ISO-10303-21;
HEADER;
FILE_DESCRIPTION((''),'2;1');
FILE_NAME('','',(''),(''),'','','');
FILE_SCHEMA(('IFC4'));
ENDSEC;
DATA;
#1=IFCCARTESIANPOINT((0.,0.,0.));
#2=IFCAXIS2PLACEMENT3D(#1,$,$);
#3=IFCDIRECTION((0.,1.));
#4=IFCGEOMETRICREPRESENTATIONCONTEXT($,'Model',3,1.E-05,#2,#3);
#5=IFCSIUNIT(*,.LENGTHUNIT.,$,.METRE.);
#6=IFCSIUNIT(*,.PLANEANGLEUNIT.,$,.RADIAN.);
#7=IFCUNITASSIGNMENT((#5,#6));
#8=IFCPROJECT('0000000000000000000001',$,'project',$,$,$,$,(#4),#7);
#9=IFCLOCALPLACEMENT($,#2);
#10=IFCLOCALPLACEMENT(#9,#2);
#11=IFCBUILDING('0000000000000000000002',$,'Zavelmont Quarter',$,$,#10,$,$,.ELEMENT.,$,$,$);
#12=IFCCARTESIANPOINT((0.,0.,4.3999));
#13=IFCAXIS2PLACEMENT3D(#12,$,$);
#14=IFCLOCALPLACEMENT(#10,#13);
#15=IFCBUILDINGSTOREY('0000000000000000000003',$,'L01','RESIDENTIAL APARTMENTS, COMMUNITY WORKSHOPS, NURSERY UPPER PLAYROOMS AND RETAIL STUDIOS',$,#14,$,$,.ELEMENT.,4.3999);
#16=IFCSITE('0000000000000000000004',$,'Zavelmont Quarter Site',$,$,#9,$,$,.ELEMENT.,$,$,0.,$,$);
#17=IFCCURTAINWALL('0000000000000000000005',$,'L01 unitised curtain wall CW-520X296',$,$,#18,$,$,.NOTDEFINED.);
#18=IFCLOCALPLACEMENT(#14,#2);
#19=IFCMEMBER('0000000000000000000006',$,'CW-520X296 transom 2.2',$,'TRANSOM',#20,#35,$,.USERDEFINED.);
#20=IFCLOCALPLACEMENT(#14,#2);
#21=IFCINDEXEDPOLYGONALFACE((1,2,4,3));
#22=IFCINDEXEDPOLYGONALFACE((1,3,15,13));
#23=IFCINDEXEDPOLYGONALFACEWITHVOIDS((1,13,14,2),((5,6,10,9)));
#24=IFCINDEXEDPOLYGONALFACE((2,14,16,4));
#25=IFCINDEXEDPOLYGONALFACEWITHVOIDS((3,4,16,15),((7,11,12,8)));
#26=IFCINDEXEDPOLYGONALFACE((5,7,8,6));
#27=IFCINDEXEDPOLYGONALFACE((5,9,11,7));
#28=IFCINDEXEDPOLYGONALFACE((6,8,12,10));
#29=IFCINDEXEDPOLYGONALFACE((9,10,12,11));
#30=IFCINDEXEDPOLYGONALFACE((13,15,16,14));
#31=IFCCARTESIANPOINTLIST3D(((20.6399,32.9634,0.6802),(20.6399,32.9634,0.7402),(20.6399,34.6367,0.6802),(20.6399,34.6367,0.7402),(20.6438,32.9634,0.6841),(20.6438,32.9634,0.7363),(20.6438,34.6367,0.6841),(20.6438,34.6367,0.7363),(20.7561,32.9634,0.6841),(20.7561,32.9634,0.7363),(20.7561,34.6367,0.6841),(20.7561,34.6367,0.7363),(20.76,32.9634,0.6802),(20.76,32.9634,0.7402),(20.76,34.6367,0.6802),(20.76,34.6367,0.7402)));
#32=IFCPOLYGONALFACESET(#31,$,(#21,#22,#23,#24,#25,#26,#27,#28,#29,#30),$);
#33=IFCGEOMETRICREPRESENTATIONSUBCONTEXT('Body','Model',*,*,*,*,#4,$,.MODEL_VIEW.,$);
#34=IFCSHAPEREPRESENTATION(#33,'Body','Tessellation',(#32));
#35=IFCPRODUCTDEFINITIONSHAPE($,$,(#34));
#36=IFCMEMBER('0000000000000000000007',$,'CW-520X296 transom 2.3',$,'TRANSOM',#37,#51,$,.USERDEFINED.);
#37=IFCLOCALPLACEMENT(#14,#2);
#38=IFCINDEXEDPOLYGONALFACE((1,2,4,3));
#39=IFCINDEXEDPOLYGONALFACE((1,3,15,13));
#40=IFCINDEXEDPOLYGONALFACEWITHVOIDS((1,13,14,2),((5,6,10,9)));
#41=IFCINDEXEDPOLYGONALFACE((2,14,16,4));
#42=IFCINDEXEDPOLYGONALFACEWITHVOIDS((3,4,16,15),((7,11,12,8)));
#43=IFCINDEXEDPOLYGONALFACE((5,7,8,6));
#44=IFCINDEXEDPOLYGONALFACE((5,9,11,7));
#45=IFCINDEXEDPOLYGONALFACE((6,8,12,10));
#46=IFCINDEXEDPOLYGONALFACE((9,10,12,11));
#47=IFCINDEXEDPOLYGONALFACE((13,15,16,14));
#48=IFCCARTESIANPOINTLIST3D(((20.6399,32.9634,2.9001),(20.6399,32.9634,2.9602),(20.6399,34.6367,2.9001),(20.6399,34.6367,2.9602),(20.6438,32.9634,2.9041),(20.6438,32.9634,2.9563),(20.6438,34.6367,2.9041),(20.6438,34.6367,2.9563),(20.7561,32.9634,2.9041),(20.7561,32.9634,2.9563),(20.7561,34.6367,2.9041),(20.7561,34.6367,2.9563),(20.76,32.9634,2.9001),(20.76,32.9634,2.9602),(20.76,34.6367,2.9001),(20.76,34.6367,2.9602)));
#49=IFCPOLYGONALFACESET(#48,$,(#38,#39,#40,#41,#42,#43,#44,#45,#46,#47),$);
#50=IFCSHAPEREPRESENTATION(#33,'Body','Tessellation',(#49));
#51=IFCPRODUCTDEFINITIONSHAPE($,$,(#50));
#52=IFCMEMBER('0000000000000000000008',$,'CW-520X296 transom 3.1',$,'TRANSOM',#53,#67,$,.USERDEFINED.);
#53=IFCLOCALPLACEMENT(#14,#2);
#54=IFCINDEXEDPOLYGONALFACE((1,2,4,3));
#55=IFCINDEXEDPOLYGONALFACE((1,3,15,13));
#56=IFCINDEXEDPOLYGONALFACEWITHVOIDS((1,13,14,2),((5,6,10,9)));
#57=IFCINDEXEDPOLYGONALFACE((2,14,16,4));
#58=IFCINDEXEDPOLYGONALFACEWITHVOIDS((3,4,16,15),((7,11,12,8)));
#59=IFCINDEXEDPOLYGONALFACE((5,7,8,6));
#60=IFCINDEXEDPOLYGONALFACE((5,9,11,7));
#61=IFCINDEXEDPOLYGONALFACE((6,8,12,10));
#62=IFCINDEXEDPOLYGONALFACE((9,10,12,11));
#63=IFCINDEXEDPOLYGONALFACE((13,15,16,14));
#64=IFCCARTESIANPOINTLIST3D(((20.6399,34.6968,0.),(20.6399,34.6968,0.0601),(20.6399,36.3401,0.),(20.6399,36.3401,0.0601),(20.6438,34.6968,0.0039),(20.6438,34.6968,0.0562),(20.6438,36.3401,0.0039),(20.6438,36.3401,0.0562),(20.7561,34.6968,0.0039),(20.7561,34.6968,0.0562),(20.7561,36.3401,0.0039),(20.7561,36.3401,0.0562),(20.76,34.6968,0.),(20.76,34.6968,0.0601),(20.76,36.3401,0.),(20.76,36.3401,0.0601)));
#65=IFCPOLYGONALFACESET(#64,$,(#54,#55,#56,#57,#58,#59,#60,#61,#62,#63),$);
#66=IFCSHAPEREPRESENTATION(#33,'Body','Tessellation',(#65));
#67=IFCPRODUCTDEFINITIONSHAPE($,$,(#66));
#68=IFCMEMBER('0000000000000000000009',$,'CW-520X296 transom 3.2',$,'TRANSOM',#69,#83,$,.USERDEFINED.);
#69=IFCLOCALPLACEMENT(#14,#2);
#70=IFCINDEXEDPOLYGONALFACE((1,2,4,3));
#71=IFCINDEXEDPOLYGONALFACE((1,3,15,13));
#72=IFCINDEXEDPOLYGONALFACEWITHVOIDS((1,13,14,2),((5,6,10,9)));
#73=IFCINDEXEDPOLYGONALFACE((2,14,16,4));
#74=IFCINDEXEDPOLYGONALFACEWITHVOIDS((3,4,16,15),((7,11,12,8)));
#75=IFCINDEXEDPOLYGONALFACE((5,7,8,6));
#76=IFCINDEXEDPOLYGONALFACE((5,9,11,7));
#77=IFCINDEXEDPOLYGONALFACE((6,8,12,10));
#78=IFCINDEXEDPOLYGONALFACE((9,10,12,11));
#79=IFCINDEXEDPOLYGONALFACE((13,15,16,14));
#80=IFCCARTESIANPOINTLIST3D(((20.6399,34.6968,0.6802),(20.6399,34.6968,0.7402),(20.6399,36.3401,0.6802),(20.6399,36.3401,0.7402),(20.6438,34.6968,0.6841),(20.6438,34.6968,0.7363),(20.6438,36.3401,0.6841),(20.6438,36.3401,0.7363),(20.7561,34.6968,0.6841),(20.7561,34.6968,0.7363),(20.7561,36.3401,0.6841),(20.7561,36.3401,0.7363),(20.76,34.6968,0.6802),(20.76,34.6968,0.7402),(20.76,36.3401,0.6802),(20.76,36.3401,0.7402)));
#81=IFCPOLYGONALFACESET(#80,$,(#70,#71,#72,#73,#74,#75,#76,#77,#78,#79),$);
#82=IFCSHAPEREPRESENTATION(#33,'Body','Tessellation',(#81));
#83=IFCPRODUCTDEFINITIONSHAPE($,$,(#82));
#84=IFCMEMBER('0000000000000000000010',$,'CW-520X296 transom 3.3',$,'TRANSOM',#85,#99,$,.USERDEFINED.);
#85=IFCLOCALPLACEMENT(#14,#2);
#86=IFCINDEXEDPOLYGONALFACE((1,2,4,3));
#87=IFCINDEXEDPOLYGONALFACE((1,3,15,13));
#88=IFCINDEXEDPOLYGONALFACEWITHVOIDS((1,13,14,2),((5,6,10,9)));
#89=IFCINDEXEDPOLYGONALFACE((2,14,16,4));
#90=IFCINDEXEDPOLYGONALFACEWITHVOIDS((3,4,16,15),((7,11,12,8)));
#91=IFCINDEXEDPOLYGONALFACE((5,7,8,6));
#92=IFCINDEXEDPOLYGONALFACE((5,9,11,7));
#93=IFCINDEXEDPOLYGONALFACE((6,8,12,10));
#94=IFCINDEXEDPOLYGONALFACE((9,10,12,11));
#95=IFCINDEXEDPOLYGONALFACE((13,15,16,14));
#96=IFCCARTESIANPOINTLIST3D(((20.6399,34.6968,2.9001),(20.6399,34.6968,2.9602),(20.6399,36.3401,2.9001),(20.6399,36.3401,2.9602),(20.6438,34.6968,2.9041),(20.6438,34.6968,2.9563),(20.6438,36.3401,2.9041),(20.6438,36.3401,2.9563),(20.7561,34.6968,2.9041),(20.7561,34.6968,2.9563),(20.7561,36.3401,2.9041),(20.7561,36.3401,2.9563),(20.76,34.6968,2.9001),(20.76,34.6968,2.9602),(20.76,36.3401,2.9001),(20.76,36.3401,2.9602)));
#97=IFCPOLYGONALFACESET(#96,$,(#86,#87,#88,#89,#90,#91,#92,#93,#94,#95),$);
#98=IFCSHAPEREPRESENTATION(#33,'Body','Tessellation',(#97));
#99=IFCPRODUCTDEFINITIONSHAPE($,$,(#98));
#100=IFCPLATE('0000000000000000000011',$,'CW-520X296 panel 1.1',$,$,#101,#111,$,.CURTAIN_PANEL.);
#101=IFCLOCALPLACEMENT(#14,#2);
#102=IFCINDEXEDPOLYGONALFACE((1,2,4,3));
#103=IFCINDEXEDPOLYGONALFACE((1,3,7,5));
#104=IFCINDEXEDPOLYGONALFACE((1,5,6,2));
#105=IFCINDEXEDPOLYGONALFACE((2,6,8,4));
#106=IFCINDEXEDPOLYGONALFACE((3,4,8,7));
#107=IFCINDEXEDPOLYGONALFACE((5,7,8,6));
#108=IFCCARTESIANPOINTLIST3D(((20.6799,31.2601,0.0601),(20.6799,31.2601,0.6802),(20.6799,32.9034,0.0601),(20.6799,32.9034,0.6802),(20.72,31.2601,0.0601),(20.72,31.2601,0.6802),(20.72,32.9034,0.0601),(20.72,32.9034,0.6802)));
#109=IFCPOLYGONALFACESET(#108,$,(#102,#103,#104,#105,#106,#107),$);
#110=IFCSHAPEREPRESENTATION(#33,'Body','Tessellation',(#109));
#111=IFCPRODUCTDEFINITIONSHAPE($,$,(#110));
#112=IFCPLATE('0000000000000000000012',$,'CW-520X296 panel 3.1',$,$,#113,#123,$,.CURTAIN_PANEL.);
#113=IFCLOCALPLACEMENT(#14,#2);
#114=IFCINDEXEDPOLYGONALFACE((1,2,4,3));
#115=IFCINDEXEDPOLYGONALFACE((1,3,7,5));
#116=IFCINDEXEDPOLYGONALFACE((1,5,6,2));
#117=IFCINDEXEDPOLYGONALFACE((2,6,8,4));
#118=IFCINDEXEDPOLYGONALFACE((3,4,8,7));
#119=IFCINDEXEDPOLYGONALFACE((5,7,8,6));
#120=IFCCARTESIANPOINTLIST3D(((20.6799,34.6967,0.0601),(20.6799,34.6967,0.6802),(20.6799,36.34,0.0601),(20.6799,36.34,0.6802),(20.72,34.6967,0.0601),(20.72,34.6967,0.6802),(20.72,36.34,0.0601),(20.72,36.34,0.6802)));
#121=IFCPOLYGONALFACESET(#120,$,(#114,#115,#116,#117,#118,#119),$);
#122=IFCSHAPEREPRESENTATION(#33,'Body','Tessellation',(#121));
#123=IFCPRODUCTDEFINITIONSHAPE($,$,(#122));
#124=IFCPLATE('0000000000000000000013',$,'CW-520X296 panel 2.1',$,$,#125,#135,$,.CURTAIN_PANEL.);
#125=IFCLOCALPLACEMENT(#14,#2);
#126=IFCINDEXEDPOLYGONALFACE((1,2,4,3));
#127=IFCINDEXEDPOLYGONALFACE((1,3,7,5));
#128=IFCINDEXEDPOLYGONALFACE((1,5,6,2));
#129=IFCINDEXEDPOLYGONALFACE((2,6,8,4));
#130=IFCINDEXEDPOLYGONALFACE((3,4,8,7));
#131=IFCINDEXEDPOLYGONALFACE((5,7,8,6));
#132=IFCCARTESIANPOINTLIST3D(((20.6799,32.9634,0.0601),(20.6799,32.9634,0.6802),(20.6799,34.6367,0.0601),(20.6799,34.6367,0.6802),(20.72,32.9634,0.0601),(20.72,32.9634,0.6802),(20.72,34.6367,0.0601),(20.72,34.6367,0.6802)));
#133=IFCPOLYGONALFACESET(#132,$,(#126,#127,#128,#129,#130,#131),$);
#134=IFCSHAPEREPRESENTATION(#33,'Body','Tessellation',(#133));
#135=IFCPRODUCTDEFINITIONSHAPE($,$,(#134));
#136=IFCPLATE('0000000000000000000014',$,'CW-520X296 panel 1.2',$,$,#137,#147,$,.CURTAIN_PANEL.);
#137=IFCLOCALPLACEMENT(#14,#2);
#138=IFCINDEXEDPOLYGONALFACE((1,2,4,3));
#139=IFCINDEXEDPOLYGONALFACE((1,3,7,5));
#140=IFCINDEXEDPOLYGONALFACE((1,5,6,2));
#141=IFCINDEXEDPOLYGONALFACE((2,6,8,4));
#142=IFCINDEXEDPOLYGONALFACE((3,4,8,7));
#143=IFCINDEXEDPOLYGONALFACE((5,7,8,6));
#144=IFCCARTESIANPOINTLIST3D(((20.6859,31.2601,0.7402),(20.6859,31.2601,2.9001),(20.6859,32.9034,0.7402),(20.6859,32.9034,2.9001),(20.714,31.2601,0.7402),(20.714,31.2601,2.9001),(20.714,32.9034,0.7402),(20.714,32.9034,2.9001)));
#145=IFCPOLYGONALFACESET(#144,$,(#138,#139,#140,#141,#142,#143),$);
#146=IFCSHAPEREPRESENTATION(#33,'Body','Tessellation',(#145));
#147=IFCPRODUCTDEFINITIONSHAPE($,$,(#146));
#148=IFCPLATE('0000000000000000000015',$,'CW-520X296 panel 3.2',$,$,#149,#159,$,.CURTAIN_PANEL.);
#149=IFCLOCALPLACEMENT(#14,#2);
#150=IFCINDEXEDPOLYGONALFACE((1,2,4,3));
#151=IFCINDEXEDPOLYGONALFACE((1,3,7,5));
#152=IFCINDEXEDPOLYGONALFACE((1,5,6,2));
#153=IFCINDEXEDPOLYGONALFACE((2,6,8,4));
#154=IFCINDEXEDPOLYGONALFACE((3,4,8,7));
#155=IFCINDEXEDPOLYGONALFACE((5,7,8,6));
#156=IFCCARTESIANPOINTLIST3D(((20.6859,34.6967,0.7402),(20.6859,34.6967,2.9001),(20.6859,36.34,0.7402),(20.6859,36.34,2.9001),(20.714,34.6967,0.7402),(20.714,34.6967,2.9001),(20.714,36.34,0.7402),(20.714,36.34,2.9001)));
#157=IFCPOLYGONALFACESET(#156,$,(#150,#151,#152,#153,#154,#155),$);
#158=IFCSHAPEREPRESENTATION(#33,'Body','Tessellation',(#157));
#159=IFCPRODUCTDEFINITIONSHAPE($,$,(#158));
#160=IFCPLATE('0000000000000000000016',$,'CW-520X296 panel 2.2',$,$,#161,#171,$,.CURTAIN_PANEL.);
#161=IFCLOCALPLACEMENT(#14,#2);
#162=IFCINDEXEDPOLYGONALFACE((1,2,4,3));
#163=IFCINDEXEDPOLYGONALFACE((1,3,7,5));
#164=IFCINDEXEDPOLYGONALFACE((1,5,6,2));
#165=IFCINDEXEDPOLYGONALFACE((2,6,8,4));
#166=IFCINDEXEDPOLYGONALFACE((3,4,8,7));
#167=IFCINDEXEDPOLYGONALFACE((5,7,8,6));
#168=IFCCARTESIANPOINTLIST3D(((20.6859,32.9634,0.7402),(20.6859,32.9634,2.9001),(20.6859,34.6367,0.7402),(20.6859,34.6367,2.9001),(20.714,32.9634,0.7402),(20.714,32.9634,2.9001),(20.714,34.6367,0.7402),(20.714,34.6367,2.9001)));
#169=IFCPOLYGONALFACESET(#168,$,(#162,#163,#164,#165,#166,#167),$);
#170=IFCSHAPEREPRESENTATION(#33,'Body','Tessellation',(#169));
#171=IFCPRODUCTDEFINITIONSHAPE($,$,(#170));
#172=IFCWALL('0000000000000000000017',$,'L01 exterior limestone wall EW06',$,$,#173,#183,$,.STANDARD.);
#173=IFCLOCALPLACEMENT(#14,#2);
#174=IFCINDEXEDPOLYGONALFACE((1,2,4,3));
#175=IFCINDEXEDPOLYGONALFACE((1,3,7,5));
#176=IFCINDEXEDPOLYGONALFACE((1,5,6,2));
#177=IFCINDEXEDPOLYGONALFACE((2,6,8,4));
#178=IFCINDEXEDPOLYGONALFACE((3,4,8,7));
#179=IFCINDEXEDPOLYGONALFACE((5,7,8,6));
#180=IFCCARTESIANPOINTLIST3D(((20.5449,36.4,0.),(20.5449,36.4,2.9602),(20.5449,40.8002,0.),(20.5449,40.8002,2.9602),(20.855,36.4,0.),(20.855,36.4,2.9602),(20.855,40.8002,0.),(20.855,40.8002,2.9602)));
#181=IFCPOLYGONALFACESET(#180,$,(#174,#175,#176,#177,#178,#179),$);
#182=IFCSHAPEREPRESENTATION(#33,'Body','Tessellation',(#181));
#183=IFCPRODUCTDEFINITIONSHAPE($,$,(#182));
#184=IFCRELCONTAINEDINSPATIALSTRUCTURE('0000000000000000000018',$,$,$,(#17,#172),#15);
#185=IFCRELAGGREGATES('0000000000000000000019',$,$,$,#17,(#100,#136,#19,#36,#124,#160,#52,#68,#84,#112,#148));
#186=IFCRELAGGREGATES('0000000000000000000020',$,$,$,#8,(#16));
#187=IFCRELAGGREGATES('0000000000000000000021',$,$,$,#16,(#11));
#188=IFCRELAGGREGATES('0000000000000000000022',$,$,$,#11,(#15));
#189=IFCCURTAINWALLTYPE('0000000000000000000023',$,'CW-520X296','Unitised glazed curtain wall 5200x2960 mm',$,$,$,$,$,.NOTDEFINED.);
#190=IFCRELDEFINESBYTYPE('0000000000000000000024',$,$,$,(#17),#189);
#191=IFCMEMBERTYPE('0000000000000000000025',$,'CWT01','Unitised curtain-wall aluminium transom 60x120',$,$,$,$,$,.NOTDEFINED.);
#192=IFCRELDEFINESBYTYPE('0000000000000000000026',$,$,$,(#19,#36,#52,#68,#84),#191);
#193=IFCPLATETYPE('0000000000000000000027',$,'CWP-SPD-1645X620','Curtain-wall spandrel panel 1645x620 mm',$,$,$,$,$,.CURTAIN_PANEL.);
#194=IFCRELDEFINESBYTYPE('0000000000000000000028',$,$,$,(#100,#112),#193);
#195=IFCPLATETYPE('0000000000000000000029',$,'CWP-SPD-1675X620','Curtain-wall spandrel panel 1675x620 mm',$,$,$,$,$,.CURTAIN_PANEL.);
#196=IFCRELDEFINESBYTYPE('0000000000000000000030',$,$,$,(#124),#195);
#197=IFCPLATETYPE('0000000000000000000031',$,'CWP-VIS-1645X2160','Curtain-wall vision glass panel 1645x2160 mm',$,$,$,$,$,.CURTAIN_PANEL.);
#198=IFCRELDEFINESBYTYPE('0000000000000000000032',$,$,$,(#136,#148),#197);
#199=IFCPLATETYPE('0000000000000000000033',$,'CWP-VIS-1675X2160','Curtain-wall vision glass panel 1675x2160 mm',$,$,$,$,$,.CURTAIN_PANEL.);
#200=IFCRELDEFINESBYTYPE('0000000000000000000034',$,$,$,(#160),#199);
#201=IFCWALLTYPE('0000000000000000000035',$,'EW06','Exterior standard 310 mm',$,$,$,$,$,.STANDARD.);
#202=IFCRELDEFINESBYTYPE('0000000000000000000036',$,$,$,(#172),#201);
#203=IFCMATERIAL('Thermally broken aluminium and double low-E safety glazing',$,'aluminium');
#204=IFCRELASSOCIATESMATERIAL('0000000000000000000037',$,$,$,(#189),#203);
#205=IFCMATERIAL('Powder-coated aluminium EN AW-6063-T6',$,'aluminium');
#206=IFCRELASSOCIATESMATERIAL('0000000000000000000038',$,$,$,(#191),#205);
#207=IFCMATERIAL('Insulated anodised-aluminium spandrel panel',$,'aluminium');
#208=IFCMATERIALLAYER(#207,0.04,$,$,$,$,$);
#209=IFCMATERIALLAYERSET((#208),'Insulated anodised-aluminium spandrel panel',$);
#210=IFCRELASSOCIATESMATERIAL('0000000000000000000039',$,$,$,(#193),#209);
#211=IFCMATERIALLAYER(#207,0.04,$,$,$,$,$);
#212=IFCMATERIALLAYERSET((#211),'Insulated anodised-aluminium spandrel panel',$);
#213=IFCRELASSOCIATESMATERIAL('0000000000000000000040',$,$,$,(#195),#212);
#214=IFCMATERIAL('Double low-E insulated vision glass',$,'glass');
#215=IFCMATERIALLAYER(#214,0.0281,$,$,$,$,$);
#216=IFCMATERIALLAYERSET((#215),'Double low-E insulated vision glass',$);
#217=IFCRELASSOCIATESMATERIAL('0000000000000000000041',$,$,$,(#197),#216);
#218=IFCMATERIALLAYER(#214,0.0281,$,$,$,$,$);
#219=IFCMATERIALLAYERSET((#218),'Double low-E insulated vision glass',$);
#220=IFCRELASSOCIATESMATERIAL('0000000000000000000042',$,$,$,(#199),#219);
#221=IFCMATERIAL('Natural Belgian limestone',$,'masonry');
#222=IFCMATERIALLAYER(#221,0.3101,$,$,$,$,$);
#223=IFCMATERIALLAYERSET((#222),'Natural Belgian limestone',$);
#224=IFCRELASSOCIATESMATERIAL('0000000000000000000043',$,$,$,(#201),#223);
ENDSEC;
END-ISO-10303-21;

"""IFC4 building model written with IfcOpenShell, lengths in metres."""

from ifc_helpers import new_model, si_unit, direction, frame, frame_2d, origin, origin_2d, place, context, subcontext, project, spatial, rectangle, hollow_rectangle, extrude, material, layer, layer_set, material_profile, profile_set, type_object, element, aggregate, save


model = new_model("IFC4")

# Units and contexts
model_context = context("Model", 3, precision=1e-05, world=origin(), true_north=direction((0.0, 1.0)))
body_context = subcontext(model_context, "Body", "Model", "MODEL_VIEW")
ifc_project = project(units=[si_unit("LENGTHUNIT", "METRE"), si_unit("PLANEANGLEUNIT", "RADIAN")], contexts=[model_context])

# Site, building, storey
site_placement = place(None, origin())
site = spatial("IfcSite", under=ifc_project, at=site_placement, Name="Zavelmont Quarter Site", CompositionType="ELEMENT", RefElevation=0.0)
building_placement = place(site_placement, origin())
building = spatial("IfcBuilding", under=site, at=building_placement, Name="Zavelmont Quarter", CompositionType="ELEMENT")
storey_placement = place(building_placement, frame((0.0, 0.0, 4.3999)))
storey = spatial("IfcBuildingStorey", under=building, at=storey_placement, Name="L01", Description="RESIDENTIAL APARTMENTS, COMMUNITY WORKSHOPS, NURSERY UPPER PLAYROOMS AND RETAIL STUDIOS", CompositionType="ELEMENT", Elevation=4.3999)

# Curtain wall, members, plates
ifc_material_1 = material(Name="Thermally broken aluminium and double low-E safety glazing", Category="aluminium")
curtain_wall_type = type_object("IfcCurtainWallType", Name="CW-520X296", Description="Unitised glazed curtain wall 5200x2960 mm", PredefinedType="NOTDEFINED", material=ifc_material_1)
curtain_wall_placement = place(storey_placement, origin())
curtain_wall = element("IfcCurtainWall", 1, at=curtain_wall_placement, inside=storey, type_object=curtain_wall_type, Name="L01 unitised curtain wall CW-520X296", PredefinedType="NOTDEFINED")
ifc_material_2 = material(Name="Powder-coated aluminium EN AW-6063-T6", Category="aluminium")
ifc_material_profile_1 = material_profile(ifc_material_2, hollow_rectangle(XDim=0.1201, YDim=0.0601, WallThickness=0.0039, at=origin_2d()), Name="CWT60X120")
ifc_profile_set_1 = profile_set([ifc_material_profile_1], Name="Powder-coated aluminium EN AW-6063-T6")
member_type_1 = type_object("IfcMemberType", Name="CWT01", Description="Unitised curtain-wall aluminium transom 60x120", PredefinedType="NOTDEFINED", material=ifc_profile_set_1)
member_1_placement = place(storey_placement, frame((20.7, 32.9634, 0.7102), z_axis=(0.0, 1.0, 0.0), x_axis=(-1.0, 0.0, 0.0)))
member_1 = element("IfcMember", 2, at=member_1_placement, type_object=member_type_1, Name="CW-520X296 transom 2.2", ObjectType="TRANSOM", PredefinedType="USERDEFINED", context=body_context, shape_type="SweptSolid", body=[
    extrude(hollow_rectangle(XDim=0.1201, YDim=0.0601, WallThickness=0.0039, at=origin_2d()), origin(), (0.0, 0.0, 1.0), 1.6733),
])
member_2_placement = place(storey_placement, frame((20.7, 32.9634, 2.9302), z_axis=(0.0, 1.0, 0.0), x_axis=(-1.0, 0.0, 0.0)))
member_2 = element("IfcMember", 3, at=member_2_placement, type_object=member_type_1, Name="CW-520X296 transom 2.3", ObjectType="TRANSOM", PredefinedType="USERDEFINED", context=body_context, shape_type="SweptSolid", body=[
    extrude(hollow_rectangle(XDim=0.1201, YDim=0.0601, WallThickness=0.0039, at=origin_2d()), origin(), (0.0, 0.0, 1.0), 1.6733),
])
member_3_placement = place(storey_placement, frame((20.7, 34.6968, 0.03), z_axis=(0.0, 1.0, 0.0), x_axis=(-1.0, 0.0, 0.0)))
member_3 = element("IfcMember", 4, at=member_3_placement, type_object=member_type_1, Name="CW-520X296 transom 3.1", ObjectType="TRANSOM", PredefinedType="USERDEFINED", context=body_context, shape_type="SweptSolid", body=[
    extrude(hollow_rectangle(XDim=0.1201, YDim=0.0601, WallThickness=0.0039, at=origin_2d()), origin(), (0.0, 0.0, 1.0), 1.6433),
])
member_4_placement = place(storey_placement, frame((20.7, 34.6968, 0.7102), z_axis=(0.0, 1.0, 0.0), x_axis=(-1.0, 0.0, 0.0)))
member_4 = element("IfcMember", 5, at=member_4_placement, type_object=member_type_1, Name="CW-520X296 transom 3.2", ObjectType="TRANSOM", PredefinedType="USERDEFINED", context=body_context, shape_type="SweptSolid", body=[
    extrude(hollow_rectangle(XDim=0.1201, YDim=0.0601, WallThickness=0.0039, at=origin_2d()), origin(), (0.0, 0.0, 1.0), 1.6433),
])
member_5_placement = place(storey_placement, frame((20.7, 34.6968, 2.9302), z_axis=(0.0, 1.0, 0.0), x_axis=(-1.0, 0.0, 0.0)))
member_5 = element("IfcMember", 6, at=member_5_placement, type_object=member_type_1, Name="CW-520X296 transom 3.3", ObjectType="TRANSOM", PredefinedType="USERDEFINED", context=body_context, shape_type="SweptSolid", body=[
    extrude(hollow_rectangle(XDim=0.1201, YDim=0.0601, WallThickness=0.0039, at=origin_2d()), origin(), (0.0, 0.0, 1.0), 1.6433),
])
ifc_material_3 = material(Name="Insulated anodised-aluminium spandrel panel", Category="aluminium")
ifc_layer_1 = layer(ifc_material_3, 0.04)
ifc_layer_set_1 = layer_set([ifc_layer_1], Name="Insulated anodised-aluminium spandrel panel")
plate_type_1 = type_object("IfcPlateType", Name="CWP-SPD-1645X620", Description="Curtain-wall spandrel panel 1645x620 mm", PredefinedType="CURTAIN_PANEL", material=ifc_layer_set_1)
plate_1_placement = place(storey_placement, frame((20.7, 32.0818, 0.0601), z_axis=(0.0, 0.0, 1.0), x_axis=(0.0, 1.0, 0.0)))
plate_1 = element("IfcPlate", 7, at=plate_1_placement, type_object=plate_type_1, Name="CW-520X296 panel 1.1", PredefinedType="CURTAIN_PANEL", context=body_context, shape_type="SweptSolid", body=[
    extrude(rectangle(XDim=1.6433, YDim=0.04, at=origin_2d()), origin(), (0.0, 0.0, 1.0), 0.6201),
])
plate_2_placement = place(storey_placement, frame((20.7, 35.5183, 0.0601), z_axis=(0.0, 0.0, 1.0), x_axis=(0.0, 1.0, 0.0)))
plate_2 = element("IfcPlate", 8, at=plate_2_placement, type_object=plate_type_1, Name="CW-520X296 panel 3.1", PredefinedType="CURTAIN_PANEL", context=body_context, shape_type="SweptSolid", body=[
    extrude(rectangle(XDim=1.6433, YDim=0.04, at=origin_2d()), origin(), (0.0, 0.0, 1.0), 0.6201),
])
ifc_layer_2 = layer(ifc_material_3, 0.04)
ifc_layer_set_2 = layer_set([ifc_layer_2], Name="Insulated anodised-aluminium spandrel panel")
plate_type_2 = type_object("IfcPlateType", Name="CWP-SPD-1675X620", Description="Curtain-wall spandrel panel 1675x620 mm", PredefinedType="CURTAIN_PANEL", material=ifc_layer_set_2)
plate_3_placement = place(storey_placement, frame((20.7, 33.8, 0.0601), z_axis=(0.0, 0.0, 1.0), x_axis=(0.0, 1.0, 0.0)))
plate_3 = element("IfcPlate", 9, at=plate_3_placement, type_object=plate_type_2, Name="CW-520X296 panel 2.1", PredefinedType="CURTAIN_PANEL", context=body_context, shape_type="SweptSolid", body=[
    extrude(rectangle(XDim=1.6733, YDim=0.04, at=origin_2d()), origin(), (0.0, 0.0, 1.0), 0.6201),
])
ifc_material_4 = material(Name="Double low-E insulated vision glass", Category="glass")
ifc_layer_3 = layer(ifc_material_4, 0.0281)
ifc_layer_set_3 = layer_set([ifc_layer_3], Name="Double low-E insulated vision glass")
plate_type_3 = type_object("IfcPlateType", Name="CWP-VIS-1645X2160", Description="Curtain-wall vision glass panel 1645x2160 mm", PredefinedType="CURTAIN_PANEL", material=ifc_layer_set_3)
plate_4_placement = place(storey_placement, frame((20.7, 32.0818, 0.7402), z_axis=(0.0, 0.0, 1.0), x_axis=(0.0, 1.0, 0.0)))
plate_4 = element("IfcPlate", 10, at=plate_4_placement, type_object=plate_type_3, Name="CW-520X296 panel 1.2", PredefinedType="CURTAIN_PANEL", context=body_context, shape_type="SweptSolid", body=[
    extrude(rectangle(XDim=1.6433, YDim=0.0281, at=origin_2d()), origin(), (0.0, 0.0, 1.0), 2.1599),
])
plate_5_placement = place(storey_placement, frame((20.7, 35.5183, 0.7402), z_axis=(0.0, 0.0, 1.0), x_axis=(0.0, 1.0, 0.0)))
plate_5 = element("IfcPlate", 11, at=plate_5_placement, type_object=plate_type_3, Name="CW-520X296 panel 3.2", PredefinedType="CURTAIN_PANEL", context=body_context, shape_type="SweptSolid", body=[
    extrude(rectangle(XDim=1.6433, YDim=0.0281, at=origin_2d()), origin(), (0.0, 0.0, 1.0), 2.1599),
])
ifc_layer_4 = layer(ifc_material_4, 0.0281)
ifc_layer_set_4 = layer_set([ifc_layer_4], Name="Double low-E insulated vision glass")
plate_type_4 = type_object("IfcPlateType", Name="CWP-VIS-1675X2160", Description="Curtain-wall vision glass panel 1675x2160 mm", PredefinedType="CURTAIN_PANEL", material=ifc_layer_set_4)
plate_6_placement = place(storey_placement, frame((20.7, 33.8, 0.7402), z_axis=(0.0, 0.0, 1.0), x_axis=(0.0, 1.0, 0.0)))
plate_6 = element("IfcPlate", 12, at=plate_6_placement, type_object=plate_type_4, Name="CW-520X296 panel 2.2", PredefinedType="CURTAIN_PANEL", context=body_context, shape_type="SweptSolid", body=[
    extrude(rectangle(XDim=1.6733, YDim=0.0281, at=origin_2d()), origin(), (0.0, 0.0, 1.0), 2.1599),
])
aggregate(curtain_wall, [plate_1, plate_4, member_1, member_2, plate_3, plate_6, member_3, member_4, member_5, plate_2, plate_5])

# Wall
ifc_material_5 = material(Name="Natural Belgian limestone", Category="masonry")
ifc_layer_5 = layer(ifc_material_5, 0.3101)
ifc_layer_set_5 = layer_set([ifc_layer_5], Name="Natural Belgian limestone")
wall_type_1 = type_object("IfcWallType", Name="EW06", Description="Exterior standard 310 mm", PredefinedType="STANDARD", material=ifc_layer_set_5)
wall_1_placement = place(storey_placement, frame((20.7, 36.3999, 0.0), z_axis=(0.0, 0.0, 1.0), x_axis=(0.0, 1.0, 0.0)))
element("IfcWall", 13, at=wall_1_placement, inside=storey, type_object=wall_type_1, Name="L01 exterior limestone wall EW06", PredefinedType="STANDARD", context=body_context, shape_type="SweptSolid", body=[
    extrude(rectangle(XDim=4.4001, YDim=0.3101, at=frame_2d((2.2002, 0.0))), origin(), (0.0, 0.0, 1.0), 2.9602),
])

save(model, "model.ifc")
